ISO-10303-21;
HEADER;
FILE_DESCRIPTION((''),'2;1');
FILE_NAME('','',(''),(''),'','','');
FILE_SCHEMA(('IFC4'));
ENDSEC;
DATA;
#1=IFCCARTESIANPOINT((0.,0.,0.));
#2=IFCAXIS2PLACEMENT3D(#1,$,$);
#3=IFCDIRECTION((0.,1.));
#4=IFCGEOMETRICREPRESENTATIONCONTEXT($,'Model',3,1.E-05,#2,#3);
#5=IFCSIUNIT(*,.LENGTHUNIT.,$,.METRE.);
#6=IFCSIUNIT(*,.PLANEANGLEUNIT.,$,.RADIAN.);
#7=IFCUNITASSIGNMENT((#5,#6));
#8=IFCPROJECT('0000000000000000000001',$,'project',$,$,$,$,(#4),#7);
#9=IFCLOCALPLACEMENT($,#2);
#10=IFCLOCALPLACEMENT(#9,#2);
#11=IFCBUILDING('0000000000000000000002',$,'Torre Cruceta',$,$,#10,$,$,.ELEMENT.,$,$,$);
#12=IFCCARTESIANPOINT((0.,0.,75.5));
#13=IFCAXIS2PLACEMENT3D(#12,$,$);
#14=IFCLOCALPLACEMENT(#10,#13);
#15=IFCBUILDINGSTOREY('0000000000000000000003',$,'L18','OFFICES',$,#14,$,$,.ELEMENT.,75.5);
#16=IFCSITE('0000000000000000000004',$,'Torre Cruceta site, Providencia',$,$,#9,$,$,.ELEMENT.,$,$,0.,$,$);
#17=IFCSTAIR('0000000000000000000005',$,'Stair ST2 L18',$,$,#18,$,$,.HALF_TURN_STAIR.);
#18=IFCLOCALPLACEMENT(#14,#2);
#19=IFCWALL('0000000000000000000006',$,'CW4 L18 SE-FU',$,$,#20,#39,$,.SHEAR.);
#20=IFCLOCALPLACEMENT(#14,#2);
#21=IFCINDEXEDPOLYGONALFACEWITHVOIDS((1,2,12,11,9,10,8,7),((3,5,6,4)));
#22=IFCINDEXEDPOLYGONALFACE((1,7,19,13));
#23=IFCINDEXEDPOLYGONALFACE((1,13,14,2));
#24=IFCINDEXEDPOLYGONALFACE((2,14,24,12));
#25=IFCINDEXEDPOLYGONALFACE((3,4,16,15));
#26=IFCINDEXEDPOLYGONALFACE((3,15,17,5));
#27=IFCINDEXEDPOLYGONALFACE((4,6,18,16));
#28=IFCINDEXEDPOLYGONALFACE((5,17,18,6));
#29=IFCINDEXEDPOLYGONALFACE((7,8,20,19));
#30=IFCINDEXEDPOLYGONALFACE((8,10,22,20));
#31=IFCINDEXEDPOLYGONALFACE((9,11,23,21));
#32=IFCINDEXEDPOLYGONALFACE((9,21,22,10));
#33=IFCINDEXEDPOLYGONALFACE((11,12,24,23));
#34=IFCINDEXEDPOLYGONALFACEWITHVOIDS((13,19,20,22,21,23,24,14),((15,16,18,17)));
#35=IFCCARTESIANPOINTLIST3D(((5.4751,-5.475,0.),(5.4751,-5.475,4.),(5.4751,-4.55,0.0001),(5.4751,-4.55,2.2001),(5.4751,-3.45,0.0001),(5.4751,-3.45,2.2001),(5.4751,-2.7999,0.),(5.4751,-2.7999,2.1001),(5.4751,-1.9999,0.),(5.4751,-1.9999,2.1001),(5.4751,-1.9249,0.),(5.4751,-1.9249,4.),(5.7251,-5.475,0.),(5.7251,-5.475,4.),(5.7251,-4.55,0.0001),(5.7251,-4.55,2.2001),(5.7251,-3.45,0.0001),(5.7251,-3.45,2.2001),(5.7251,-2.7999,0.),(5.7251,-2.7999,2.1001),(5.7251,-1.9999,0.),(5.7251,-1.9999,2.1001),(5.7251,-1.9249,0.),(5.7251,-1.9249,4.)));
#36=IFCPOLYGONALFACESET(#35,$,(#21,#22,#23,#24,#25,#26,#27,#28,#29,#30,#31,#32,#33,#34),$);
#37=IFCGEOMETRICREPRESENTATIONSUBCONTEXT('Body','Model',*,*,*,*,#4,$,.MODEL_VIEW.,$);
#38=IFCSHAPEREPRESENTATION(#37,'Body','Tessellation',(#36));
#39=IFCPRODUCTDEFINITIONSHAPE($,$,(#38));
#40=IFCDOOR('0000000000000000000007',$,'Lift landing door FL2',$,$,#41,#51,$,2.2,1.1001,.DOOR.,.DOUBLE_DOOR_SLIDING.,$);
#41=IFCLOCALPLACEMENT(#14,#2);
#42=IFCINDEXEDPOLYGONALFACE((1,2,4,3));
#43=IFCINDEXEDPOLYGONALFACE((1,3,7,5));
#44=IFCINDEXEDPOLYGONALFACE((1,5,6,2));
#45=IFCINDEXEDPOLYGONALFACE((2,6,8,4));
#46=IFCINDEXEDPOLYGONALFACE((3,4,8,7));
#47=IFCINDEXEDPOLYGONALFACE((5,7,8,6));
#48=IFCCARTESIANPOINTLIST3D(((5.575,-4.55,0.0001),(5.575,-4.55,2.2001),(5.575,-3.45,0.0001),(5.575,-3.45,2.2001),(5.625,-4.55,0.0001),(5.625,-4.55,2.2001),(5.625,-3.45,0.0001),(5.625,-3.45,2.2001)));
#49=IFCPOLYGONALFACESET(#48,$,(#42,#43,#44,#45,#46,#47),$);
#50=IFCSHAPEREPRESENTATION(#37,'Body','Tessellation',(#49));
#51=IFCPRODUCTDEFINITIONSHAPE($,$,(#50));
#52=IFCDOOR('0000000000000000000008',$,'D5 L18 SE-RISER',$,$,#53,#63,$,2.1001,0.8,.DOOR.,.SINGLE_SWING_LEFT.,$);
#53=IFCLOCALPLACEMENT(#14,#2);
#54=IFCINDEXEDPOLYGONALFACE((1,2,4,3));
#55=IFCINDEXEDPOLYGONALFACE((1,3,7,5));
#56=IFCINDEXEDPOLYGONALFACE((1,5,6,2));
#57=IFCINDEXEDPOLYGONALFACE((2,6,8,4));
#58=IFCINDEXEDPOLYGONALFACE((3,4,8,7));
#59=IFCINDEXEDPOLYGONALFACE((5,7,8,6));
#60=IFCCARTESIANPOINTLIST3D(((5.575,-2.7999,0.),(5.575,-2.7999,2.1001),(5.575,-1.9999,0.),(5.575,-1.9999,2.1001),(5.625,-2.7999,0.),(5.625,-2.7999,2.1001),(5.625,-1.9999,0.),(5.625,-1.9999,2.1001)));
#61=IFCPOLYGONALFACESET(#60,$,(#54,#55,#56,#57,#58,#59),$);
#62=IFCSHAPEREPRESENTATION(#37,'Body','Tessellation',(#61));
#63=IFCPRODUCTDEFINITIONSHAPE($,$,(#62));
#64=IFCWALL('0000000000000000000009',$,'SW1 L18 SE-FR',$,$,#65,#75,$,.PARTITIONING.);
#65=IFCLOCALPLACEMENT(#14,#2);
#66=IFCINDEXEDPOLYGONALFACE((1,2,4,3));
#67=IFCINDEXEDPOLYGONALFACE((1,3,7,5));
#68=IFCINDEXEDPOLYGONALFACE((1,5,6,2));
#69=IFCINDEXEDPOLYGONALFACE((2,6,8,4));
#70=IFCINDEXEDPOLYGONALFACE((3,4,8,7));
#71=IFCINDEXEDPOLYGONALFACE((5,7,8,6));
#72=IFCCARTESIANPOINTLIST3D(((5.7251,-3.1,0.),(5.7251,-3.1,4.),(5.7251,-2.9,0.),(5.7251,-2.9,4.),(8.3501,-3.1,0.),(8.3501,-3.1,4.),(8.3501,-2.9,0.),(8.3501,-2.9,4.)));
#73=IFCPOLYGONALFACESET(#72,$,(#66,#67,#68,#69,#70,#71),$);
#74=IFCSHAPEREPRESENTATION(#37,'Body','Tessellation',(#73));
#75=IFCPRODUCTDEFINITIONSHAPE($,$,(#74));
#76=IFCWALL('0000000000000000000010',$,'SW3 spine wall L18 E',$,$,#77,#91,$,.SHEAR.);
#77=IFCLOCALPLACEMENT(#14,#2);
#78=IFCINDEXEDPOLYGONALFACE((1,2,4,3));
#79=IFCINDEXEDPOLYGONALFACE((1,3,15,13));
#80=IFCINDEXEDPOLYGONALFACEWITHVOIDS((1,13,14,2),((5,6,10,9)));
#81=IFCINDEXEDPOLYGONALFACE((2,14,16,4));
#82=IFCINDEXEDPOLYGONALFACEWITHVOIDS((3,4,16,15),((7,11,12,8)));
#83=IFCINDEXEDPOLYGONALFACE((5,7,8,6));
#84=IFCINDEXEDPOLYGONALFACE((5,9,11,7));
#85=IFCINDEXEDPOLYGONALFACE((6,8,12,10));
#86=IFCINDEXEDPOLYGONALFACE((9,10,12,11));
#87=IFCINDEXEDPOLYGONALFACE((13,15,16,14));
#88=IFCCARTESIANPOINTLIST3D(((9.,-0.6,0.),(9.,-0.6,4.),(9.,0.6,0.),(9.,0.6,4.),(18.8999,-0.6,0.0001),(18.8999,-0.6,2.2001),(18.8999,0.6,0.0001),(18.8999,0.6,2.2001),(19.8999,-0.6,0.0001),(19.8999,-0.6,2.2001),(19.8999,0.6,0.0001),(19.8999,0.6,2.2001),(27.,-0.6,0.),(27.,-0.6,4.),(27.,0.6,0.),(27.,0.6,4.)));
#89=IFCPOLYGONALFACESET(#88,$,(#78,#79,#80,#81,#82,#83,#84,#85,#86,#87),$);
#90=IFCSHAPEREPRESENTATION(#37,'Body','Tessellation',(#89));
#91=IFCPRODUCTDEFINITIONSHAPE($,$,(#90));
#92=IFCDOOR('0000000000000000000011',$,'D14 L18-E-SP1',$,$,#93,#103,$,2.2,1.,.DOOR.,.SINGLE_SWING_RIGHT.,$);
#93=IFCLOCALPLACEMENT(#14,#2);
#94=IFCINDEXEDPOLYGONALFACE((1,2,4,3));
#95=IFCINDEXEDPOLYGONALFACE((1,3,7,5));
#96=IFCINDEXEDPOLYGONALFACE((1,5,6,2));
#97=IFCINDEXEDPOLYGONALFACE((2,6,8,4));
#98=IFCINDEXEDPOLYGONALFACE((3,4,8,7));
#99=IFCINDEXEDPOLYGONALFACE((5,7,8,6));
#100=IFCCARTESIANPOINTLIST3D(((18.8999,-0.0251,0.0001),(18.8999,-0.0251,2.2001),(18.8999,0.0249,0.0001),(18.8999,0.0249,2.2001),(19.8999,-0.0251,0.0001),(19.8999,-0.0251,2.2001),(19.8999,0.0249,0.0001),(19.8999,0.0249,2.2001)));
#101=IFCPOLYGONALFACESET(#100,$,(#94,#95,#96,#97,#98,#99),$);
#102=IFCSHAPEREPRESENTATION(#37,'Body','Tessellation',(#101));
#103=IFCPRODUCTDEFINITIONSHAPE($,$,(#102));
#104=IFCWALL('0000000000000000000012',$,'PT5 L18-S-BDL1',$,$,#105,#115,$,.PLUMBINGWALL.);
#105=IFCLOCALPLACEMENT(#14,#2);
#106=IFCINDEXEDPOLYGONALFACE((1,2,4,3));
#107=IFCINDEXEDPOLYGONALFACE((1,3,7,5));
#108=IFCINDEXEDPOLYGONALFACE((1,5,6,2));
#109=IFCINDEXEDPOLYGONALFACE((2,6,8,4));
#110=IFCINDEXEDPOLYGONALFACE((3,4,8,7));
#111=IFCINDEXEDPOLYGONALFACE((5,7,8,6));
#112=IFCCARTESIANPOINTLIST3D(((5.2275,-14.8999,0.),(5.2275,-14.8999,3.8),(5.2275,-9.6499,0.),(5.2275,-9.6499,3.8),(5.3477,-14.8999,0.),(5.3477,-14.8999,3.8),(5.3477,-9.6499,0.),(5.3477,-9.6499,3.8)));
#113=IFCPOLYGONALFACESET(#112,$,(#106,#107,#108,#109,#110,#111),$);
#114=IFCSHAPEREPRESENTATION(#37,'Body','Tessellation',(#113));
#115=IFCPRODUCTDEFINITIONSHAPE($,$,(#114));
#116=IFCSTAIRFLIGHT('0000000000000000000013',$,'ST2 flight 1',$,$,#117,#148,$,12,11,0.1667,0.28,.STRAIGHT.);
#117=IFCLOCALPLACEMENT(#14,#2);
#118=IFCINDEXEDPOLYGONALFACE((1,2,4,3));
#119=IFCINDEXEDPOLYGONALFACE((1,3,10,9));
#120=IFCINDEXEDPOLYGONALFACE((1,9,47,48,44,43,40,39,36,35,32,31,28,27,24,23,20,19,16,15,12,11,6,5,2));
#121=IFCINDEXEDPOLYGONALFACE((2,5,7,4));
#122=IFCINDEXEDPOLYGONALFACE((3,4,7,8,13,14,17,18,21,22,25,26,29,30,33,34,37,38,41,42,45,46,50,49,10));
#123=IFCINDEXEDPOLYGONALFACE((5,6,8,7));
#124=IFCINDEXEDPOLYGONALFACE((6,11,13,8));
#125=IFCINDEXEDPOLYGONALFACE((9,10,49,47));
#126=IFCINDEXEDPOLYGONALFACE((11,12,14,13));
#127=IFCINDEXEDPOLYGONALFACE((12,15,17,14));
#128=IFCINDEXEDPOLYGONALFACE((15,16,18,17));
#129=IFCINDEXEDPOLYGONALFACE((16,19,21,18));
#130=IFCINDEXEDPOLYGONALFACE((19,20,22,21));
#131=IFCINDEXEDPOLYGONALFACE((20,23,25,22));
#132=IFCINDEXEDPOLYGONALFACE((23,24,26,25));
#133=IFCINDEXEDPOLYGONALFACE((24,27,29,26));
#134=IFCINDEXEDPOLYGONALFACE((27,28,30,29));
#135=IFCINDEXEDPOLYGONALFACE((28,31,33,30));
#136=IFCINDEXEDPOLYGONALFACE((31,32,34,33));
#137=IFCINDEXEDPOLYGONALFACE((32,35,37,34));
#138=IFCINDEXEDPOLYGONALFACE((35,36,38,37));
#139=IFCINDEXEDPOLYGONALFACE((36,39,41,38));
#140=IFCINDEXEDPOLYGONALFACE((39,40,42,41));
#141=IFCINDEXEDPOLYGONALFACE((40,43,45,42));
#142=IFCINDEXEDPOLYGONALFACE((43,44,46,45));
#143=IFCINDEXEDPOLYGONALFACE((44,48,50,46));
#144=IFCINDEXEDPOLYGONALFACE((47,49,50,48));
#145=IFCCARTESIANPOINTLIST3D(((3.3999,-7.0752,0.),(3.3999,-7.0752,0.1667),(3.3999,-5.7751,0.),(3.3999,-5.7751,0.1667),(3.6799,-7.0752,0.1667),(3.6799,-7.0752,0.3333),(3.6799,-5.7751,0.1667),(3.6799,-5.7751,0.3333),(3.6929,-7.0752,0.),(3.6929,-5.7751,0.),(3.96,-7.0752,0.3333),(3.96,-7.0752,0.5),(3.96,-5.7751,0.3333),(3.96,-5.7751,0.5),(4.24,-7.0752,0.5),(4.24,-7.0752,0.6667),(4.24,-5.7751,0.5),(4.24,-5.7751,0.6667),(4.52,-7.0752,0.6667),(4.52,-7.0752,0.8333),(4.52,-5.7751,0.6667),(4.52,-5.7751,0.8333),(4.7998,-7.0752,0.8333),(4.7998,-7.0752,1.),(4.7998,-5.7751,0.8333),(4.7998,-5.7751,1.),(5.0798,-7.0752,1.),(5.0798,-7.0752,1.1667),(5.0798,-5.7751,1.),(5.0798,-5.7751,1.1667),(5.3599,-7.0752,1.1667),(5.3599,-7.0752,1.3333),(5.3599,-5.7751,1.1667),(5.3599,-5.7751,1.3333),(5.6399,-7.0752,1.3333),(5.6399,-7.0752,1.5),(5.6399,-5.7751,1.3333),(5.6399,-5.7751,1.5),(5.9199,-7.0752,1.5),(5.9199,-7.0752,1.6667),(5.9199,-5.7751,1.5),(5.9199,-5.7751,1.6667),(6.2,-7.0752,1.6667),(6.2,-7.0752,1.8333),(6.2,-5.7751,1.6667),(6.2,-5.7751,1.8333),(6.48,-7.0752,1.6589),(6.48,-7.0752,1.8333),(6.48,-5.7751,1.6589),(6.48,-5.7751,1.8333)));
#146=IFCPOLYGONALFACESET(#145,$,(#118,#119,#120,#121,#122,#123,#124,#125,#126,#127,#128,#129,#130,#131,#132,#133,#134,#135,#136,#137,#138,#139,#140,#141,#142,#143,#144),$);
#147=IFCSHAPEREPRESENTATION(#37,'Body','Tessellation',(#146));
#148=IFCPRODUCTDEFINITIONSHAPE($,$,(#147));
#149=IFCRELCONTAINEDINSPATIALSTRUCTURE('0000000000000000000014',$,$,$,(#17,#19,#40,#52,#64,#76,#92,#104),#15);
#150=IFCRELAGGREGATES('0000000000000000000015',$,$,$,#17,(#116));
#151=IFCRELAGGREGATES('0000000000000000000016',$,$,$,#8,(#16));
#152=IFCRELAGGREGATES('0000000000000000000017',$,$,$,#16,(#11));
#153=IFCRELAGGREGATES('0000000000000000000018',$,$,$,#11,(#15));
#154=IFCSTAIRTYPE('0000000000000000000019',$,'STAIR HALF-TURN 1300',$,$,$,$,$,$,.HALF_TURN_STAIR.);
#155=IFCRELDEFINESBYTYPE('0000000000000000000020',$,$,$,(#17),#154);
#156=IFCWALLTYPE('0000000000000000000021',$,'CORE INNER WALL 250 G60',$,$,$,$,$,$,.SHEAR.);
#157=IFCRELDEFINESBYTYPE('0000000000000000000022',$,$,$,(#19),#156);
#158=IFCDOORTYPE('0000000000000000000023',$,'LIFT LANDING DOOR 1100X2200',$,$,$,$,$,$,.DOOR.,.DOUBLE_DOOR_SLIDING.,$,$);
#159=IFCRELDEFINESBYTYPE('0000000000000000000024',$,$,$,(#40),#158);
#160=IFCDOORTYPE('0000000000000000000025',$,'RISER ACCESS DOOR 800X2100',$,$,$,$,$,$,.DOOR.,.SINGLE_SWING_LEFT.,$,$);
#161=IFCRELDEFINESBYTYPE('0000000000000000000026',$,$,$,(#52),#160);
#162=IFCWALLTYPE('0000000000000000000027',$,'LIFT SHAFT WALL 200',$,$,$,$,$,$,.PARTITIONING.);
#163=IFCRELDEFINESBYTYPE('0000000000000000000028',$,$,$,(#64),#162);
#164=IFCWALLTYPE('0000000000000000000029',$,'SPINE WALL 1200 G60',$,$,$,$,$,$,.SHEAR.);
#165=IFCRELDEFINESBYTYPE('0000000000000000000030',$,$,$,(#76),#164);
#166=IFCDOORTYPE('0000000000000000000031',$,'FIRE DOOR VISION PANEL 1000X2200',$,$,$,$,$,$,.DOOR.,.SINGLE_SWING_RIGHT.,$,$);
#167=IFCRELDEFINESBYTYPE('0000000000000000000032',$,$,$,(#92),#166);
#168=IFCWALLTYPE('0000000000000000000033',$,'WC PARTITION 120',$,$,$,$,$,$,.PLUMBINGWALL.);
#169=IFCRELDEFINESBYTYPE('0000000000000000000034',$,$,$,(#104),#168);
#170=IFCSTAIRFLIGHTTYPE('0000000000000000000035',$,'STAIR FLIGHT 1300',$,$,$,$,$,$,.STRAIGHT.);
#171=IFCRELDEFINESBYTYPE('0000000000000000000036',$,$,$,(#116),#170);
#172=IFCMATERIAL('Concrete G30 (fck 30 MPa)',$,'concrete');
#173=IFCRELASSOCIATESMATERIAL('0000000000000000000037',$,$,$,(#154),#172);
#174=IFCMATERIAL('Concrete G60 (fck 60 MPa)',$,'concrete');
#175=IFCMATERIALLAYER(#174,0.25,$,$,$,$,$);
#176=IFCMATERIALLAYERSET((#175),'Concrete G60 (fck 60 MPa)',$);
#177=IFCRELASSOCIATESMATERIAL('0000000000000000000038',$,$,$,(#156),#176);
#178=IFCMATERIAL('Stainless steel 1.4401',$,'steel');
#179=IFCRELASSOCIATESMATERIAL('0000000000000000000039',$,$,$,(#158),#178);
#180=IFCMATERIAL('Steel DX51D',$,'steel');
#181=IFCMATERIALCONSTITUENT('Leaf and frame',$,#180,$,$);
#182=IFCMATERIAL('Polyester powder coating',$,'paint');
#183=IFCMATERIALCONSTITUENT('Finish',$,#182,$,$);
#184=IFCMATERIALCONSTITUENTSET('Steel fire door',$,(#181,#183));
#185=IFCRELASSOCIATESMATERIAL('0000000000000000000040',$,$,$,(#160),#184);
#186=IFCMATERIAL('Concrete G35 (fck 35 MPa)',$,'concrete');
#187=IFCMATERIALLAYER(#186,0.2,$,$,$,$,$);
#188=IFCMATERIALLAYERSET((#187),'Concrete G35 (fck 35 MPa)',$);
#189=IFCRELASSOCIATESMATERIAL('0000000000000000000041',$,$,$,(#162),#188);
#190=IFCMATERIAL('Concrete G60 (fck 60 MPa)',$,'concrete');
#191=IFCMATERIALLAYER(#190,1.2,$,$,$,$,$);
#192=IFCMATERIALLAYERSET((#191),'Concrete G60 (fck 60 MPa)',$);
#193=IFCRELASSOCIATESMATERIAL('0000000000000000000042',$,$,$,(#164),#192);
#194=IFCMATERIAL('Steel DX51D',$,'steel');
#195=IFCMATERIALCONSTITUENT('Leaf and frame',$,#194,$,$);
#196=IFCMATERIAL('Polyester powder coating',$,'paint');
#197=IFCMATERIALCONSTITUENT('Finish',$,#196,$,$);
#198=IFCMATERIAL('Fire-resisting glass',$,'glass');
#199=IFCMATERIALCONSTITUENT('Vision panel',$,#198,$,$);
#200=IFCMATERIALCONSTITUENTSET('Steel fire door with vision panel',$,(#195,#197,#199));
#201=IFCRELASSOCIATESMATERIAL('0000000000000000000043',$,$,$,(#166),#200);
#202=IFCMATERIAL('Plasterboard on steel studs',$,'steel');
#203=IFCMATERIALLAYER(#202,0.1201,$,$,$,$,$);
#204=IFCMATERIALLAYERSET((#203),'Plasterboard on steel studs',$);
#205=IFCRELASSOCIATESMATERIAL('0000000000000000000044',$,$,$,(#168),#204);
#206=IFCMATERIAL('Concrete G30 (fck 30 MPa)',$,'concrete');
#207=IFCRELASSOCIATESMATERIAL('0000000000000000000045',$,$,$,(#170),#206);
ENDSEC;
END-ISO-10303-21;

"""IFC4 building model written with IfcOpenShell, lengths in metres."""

from ifc_helpers import new_model, si_unit, direction, frame, frame_2d, origin, place, context, subcontext, project, spatial, polyline, rectangle, outline, extrude, material, layer, layer_set, constituent, constituent_set, type_object, element, fill, aggregate, save


model = new_model("IFC4")

# Units and contexts
model_context = context("Model", 3, precision=1e-05, world=origin(), true_north=direction((0.0, 1.0)))
body_context = subcontext(model_context, "Body", "Model", "MODEL_VIEW")
ifc_project = project(units=[si_unit("LENGTHUNIT", "METRE"), si_unit("PLANEANGLEUNIT", "RADIAN")], contexts=[model_context])

# Site, building, storey
site_placement = place(None, origin())
site = spatial("IfcSite", under=ifc_project, at=site_placement, Name="Torre Cruceta site, Providencia", CompositionType="ELEMENT", RefElevation=0.0)
building_placement = place(site_placement, origin())
building = spatial("IfcBuilding", under=site, at=building_placement, Name="Torre Cruceta", CompositionType="ELEMENT")
storey_placement = place(building_placement, frame((0.0, 0.0, 75.5)))
storey = spatial("IfcBuildingStorey", under=building, at=storey_placement, Name="L18", Description="OFFICES", CompositionType="ELEMENT", Elevation=75.5)

# Stair
ifc_material_1 = material(Name="Concrete G30 (fck 30 MPa)", Category="concrete")
stair_type = type_object("IfcStairType", Name="STAIR HALF-TURN 1300", PredefinedType="HALF_TURN_STAIR", material=ifc_material_1)
stair_placement = place(storey_placement, origin())
stair = element("IfcStair", 1, at=stair_placement, inside=storey, type_object=stair_type, Name="Stair ST2 L18", PredefinedType="HALF_TURN_STAIR")

# Shared definitions
ifc_material_2 = material(Name="Concrete G60 (fck 60 MPa)", Category="concrete")
ifc_layer_1 = layer(ifc_material_2, 0.25)
ifc_layer_set_1 = layer_set([ifc_layer_1], Name="Concrete G60 (fck 60 MPa)")
wall_type_1 = type_object("IfcWallType", Name="CORE INNER WALL 250 G60", PredefinedType="SHEAR", material=ifc_layer_set_1)

# Wall, openings, doors
wall_1_placement = place(storey_placement, frame((5.6001, -1.925, 0.0), z_axis=(0.0, 0.0, 1.0), x_axis=(0.0, -1.0, 0.0)))
wall_1 = element("IfcWall", 2, at=wall_1_placement, inside=storey, type_object=wall_type_1, Name="CW4 L18 SE-FU", PredefinedType="SHEAR", context=body_context, shape_type="SweptSolid", body=[
    extrude(rectangle(XDim=3.55, YDim=0.25, at=frame_2d((1.7749, 0.0))), origin(), (0.0, 0.0, 1.0), 4.0),
])
opening_1_placement = place(wall_1_placement, frame((1.5249, 0.0, 0.0)))
opening_1 = element("IfcOpeningElement", 3, at=opening_1_placement, cuts=wall_1, PredefinedType="OPENING", context=body_context, shape_type="SweptSolid", body=[
    extrude(rectangle(XDim=1.1001, YDim=2.2, at=frame_2d((0.55, 1.1001))), frame((0.0, 0.135, 0.0), z_axis=(0.0, -1.0, 0.0), x_axis=(1.0, 0.0, 0.0)), (0.0, 0.0, 1.0), 0.27),
])
opening_2_placement = place(wall_1_placement, frame((0.075, 0.0, 0.0)))
opening_2 = element("IfcOpeningElement", 4, at=opening_2_placement, cuts=wall_1, PredefinedType="OPENING", context=body_context, shape_type="SweptSolid", body=[
    extrude(rectangle(XDim=0.8, YDim=2.1001, at=frame_2d((0.3999, 1.05))), frame((0.0, 0.135, 0.0), z_axis=(0.0, -1.0, 0.0), x_axis=(1.0, 0.0, 0.0)), (0.0, 0.0, 1.0), 0.27),
])
ifc_material_3 = material(Name="Stainless steel 1.4401", Category="steel")
door_type_1 = type_object("IfcDoorType", Name="LIFT LANDING DOOR 1100X2200", OperationType="DOUBLE_DOOR_SLIDING", PredefinedType="DOOR", material=ifc_material_3)
door_1_placement = place(opening_1_placement, origin())
door_1 = element("IfcDoor", 5, at=door_1_placement, inside=storey, type_object=door_type_1, Name="Lift landing door FL2", OperationType="DOUBLE_DOOR_SLIDING", OverallHeight=2.2, OverallWidth=1.1001, PredefinedType="DOOR", context=body_context, shape_type="SweptSolid", body=[
    extrude(rectangle(XDim=1.1001, YDim=2.2, at=frame_2d((0.55, 1.1001))), frame((0.0, 0.0249, 0.0), z_axis=(0.0, -1.0, 0.0), x_axis=(1.0, 0.0, 0.0)), (0.0, 0.0, 1.0), 0.05),
])
fill(opening_1, door_1)
ifc_material_4 = material(Name="Steel DX51D", Category="steel")
ifc_constituent_1 = constituent(ifc_material_4, Name="Leaf and frame")
ifc_material_5 = material(Name="Polyester powder coating", Category="paint")
ifc_constituent_2 = constituent(ifc_material_5, Name="Finish")
ifc_constituent_set_1 = constituent_set(constituents=[ifc_constituent_1, ifc_constituent_2], Name="Steel fire door")
door_type_2 = type_object("IfcDoorType", Name="RISER ACCESS DOOR 800X2100", OperationType="SINGLE_SWING_LEFT", PredefinedType="DOOR", material=ifc_constituent_set_1)
door_2_placement = place(opening_2_placement, origin())
door_2 = element("IfcDoor", 6, at=door_2_placement, inside=storey, type_object=door_type_2, Name="D5 L18 SE-RISER", OperationType="SINGLE_SWING_LEFT", OverallHeight=2.1001, OverallWidth=0.8, PredefinedType="DOOR", context=body_context, shape_type="SweptSolid", body=[
    extrude(rectangle(XDim=0.8, YDim=2.1001, at=frame_2d((0.3999, 1.05))), frame((0.0, 0.0249, 0.0), z_axis=(0.0, -1.0, 0.0), x_axis=(1.0, 0.0, 0.0)), (0.0, 0.0, 1.0), 0.05),
])
fill(opening_2, door_2)

# Wall
ifc_material_6 = material(Name="Concrete G35 (fck 35 MPa)", Category="concrete")
ifc_layer_2 = layer(ifc_material_6, 0.2)
ifc_layer_set_2 = layer_set([ifc_layer_2], Name="Concrete G35 (fck 35 MPa)")
wall_type_2 = type_object("IfcWallType", Name="LIFT SHAFT WALL 200", PredefinedType="PARTITIONING", material=ifc_layer_set_2)
wall_2_placement = place(storey_placement, frame((5.7251, -3.0, 0.0), z_axis=(0.0, 0.0, 1.0), x_axis=(1.0, 0.0, 0.0)))
element("IfcWall", 7, at=wall_2_placement, inside=storey, type_object=wall_type_2, Name="SW1 L18 SE-FR", PredefinedType="PARTITIONING", context=body_context, shape_type="SweptSolid", body=[
    extrude(rectangle(XDim=2.625, YDim=0.2, at=frame_2d((1.3125, 0.0))), origin(), (0.0, 0.0, 1.0), 4.0),
])

# Wall, opening, door
ifc_material_7 = material(Name="Concrete G60 (fck 60 MPa)", Category="concrete")
ifc_layer_3 = layer(ifc_material_7, 1.2)
ifc_layer_set_3 = layer_set([ifc_layer_3], Name="Concrete G60 (fck 60 MPa)")
wall_type_3 = type_object("IfcWallType", Name="SPINE WALL 1200 G60", PredefinedType="SHEAR", material=ifc_layer_set_3)
wall_3_placement = place(storey_placement, frame((9.0, 0.0, 0.0), z_axis=(0.0, 0.0, 1.0), x_axis=(1.0, 0.0, 0.0)))
wall_3 = element("IfcWall", 8, at=wall_3_placement, inside=storey, type_object=wall_type_3, Name="SW3 spine wall L18 E", PredefinedType="SHEAR", context=body_context, shape_type="SweptSolid", body=[
    extrude(rectangle(XDim=18.0, YDim=1.2, at=frame_2d((9.0, 0.0))), origin(), (0.0, 0.0, 1.0), 4.0),
])
opening_3_placement = place(wall_3_placement, frame((9.8999, 0.0, 0.0)))
opening_3 = element("IfcOpeningElement", 9, at=opening_3_placement, cuts=wall_3, PredefinedType="OPENING", context=body_context, shape_type="SweptSolid", body=[
    extrude(rectangle(XDim=1.0, YDim=2.2, at=frame_2d((0.5, 1.1001))), frame((0.0, 0.6099, 0.0), z_axis=(0.0, -1.0, 0.0), x_axis=(1.0, 0.0, 0.0)), (0.0, 0.0, 1.0), 1.22),
])
ifc_material_8 = material(Name="Steel DX51D", Category="steel")
ifc_constituent_3 = constituent(ifc_material_8, Name="Leaf and frame")
ifc_material_9 = material(Name="Polyester powder coating", Category="paint")
ifc_constituent_4 = constituent(ifc_material_9, Name="Finish")
ifc_material_10 = material(Name="Fire-resisting glass", Category="glass")
ifc_constituent_5 = constituent(ifc_material_10, Name="Vision panel")
ifc_constituent_set_2 = constituent_set(constituents=[ifc_constituent_3, ifc_constituent_4, ifc_constituent_5], Name="Steel fire door with vision panel")
door_type_3 = type_object("IfcDoorType", Name="FIRE DOOR VISION PANEL 1000X2200", OperationType="SINGLE_SWING_RIGHT", PredefinedType="DOOR", material=ifc_constituent_set_2)
door_3_placement = place(opening_3_placement, origin())
door_3 = element("IfcDoor", 10, at=door_3_placement, inside=storey, type_object=door_type_3, Name="D14 L18-E-SP1", OperationType="SINGLE_SWING_RIGHT", OverallHeight=2.2, OverallWidth=1.0, PredefinedType="DOOR", context=body_context, shape_type="SweptSolid", body=[
    extrude(rectangle(XDim=1.0, YDim=2.2, at=frame_2d((0.5, 1.1001))), frame((0.0, 0.0249, 0.0), z_axis=(0.0, -1.0, 0.0), x_axis=(1.0, 0.0, 0.0)), (0.0, 0.0, 1.0), 0.05),
])
fill(opening_3, door_3)

# Wall
ifc_material_11 = material(Name="Plasterboard on steel studs", Category="steel")
ifc_layer_4 = layer(ifc_material_11, 0.1201)
ifc_layer_set_4 = layer_set([ifc_layer_4], Name="Plasterboard on steel studs")
wall_type_4 = type_object("IfcWallType", Name="WC PARTITION 120", PredefinedType="PLUMBINGWALL", material=ifc_layer_set_4)
wall_4_placement = place(storey_placement, frame((5.2876, -9.6499, 0.0), z_axis=(0.0, 0.0, 1.0), x_axis=(0.0, -1.0, 0.0)))
element("IfcWall", 11, at=wall_4_placement, inside=storey, type_object=wall_type_4, Name="PT5 L18-S-BDL1", PredefinedType="PLUMBINGWALL", context=body_context, shape_type="SweptSolid", body=[
    extrude(rectangle(XDim=5.25, YDim=0.1201, at=frame_2d((2.625, 0.0))), origin(), (0.0, 0.0, 1.0), 3.8),
])

# Stair flight
ifc_material_12 = material(Name="Concrete G30 (fck 30 MPa)", Category="concrete")
stair_flight_type = type_object("IfcStairFlightType", Name="STAIR FLIGHT 1300", PredefinedType="STRAIGHT", material=ifc_material_12)
stair_flight_1_placement = place(storey_placement, frame((3.3999, -6.425, 0.0), z_axis=(0.0, 0.0, 1.0), x_axis=(1.0, 0.0, 0.0)))
stair_flight_1 = element("IfcStairFlight", 12, at=stair_flight_1_placement, type_object=stair_flight_type, Name="ST2 flight 1", NumberOfRisers=12, NumberOfTreads=11, PredefinedType="STRAIGHT", RiserHeight=0.1667, TreadLength=0.28, context=body_context, shape_type="SweptSolid", body=[
    extrude(outline(polyline([(0.0, 0.0), (0.0, 0.1667), (0.28, 0.1667), (0.28, 0.3333), (0.5601, 0.3333), (0.5601, 0.5), (0.8401, 0.5), (0.8401, 0.6667), (1.1201, 0.6667), (1.1201, 0.8333), (1.3999, 0.8333), (1.3999, 1.0), (1.6799, 1.0), (1.6799, 1.1667), (1.96, 1.1667), (1.96, 1.3333), (2.24, 1.3333), (2.24, 1.5), (2.52, 1.5), (2.52, 1.6667), (2.8, 1.6667), (2.8, 1.8333), (3.0801, 1.8333), (3.0801, 2.0), (3.0801, 1.6589), (0.293, 0.0), (0.0, 0.0)])), frame((0.0, 0.6499, 0.0), z_axis=(0.0, -1.0, 0.0), x_axis=(1.0, 0.0, 0.0)), (0.0, 0.0, 1.0), 1.3),
])
aggregate(stair, [stair_flight_1])

save(model, "model.ifc")
